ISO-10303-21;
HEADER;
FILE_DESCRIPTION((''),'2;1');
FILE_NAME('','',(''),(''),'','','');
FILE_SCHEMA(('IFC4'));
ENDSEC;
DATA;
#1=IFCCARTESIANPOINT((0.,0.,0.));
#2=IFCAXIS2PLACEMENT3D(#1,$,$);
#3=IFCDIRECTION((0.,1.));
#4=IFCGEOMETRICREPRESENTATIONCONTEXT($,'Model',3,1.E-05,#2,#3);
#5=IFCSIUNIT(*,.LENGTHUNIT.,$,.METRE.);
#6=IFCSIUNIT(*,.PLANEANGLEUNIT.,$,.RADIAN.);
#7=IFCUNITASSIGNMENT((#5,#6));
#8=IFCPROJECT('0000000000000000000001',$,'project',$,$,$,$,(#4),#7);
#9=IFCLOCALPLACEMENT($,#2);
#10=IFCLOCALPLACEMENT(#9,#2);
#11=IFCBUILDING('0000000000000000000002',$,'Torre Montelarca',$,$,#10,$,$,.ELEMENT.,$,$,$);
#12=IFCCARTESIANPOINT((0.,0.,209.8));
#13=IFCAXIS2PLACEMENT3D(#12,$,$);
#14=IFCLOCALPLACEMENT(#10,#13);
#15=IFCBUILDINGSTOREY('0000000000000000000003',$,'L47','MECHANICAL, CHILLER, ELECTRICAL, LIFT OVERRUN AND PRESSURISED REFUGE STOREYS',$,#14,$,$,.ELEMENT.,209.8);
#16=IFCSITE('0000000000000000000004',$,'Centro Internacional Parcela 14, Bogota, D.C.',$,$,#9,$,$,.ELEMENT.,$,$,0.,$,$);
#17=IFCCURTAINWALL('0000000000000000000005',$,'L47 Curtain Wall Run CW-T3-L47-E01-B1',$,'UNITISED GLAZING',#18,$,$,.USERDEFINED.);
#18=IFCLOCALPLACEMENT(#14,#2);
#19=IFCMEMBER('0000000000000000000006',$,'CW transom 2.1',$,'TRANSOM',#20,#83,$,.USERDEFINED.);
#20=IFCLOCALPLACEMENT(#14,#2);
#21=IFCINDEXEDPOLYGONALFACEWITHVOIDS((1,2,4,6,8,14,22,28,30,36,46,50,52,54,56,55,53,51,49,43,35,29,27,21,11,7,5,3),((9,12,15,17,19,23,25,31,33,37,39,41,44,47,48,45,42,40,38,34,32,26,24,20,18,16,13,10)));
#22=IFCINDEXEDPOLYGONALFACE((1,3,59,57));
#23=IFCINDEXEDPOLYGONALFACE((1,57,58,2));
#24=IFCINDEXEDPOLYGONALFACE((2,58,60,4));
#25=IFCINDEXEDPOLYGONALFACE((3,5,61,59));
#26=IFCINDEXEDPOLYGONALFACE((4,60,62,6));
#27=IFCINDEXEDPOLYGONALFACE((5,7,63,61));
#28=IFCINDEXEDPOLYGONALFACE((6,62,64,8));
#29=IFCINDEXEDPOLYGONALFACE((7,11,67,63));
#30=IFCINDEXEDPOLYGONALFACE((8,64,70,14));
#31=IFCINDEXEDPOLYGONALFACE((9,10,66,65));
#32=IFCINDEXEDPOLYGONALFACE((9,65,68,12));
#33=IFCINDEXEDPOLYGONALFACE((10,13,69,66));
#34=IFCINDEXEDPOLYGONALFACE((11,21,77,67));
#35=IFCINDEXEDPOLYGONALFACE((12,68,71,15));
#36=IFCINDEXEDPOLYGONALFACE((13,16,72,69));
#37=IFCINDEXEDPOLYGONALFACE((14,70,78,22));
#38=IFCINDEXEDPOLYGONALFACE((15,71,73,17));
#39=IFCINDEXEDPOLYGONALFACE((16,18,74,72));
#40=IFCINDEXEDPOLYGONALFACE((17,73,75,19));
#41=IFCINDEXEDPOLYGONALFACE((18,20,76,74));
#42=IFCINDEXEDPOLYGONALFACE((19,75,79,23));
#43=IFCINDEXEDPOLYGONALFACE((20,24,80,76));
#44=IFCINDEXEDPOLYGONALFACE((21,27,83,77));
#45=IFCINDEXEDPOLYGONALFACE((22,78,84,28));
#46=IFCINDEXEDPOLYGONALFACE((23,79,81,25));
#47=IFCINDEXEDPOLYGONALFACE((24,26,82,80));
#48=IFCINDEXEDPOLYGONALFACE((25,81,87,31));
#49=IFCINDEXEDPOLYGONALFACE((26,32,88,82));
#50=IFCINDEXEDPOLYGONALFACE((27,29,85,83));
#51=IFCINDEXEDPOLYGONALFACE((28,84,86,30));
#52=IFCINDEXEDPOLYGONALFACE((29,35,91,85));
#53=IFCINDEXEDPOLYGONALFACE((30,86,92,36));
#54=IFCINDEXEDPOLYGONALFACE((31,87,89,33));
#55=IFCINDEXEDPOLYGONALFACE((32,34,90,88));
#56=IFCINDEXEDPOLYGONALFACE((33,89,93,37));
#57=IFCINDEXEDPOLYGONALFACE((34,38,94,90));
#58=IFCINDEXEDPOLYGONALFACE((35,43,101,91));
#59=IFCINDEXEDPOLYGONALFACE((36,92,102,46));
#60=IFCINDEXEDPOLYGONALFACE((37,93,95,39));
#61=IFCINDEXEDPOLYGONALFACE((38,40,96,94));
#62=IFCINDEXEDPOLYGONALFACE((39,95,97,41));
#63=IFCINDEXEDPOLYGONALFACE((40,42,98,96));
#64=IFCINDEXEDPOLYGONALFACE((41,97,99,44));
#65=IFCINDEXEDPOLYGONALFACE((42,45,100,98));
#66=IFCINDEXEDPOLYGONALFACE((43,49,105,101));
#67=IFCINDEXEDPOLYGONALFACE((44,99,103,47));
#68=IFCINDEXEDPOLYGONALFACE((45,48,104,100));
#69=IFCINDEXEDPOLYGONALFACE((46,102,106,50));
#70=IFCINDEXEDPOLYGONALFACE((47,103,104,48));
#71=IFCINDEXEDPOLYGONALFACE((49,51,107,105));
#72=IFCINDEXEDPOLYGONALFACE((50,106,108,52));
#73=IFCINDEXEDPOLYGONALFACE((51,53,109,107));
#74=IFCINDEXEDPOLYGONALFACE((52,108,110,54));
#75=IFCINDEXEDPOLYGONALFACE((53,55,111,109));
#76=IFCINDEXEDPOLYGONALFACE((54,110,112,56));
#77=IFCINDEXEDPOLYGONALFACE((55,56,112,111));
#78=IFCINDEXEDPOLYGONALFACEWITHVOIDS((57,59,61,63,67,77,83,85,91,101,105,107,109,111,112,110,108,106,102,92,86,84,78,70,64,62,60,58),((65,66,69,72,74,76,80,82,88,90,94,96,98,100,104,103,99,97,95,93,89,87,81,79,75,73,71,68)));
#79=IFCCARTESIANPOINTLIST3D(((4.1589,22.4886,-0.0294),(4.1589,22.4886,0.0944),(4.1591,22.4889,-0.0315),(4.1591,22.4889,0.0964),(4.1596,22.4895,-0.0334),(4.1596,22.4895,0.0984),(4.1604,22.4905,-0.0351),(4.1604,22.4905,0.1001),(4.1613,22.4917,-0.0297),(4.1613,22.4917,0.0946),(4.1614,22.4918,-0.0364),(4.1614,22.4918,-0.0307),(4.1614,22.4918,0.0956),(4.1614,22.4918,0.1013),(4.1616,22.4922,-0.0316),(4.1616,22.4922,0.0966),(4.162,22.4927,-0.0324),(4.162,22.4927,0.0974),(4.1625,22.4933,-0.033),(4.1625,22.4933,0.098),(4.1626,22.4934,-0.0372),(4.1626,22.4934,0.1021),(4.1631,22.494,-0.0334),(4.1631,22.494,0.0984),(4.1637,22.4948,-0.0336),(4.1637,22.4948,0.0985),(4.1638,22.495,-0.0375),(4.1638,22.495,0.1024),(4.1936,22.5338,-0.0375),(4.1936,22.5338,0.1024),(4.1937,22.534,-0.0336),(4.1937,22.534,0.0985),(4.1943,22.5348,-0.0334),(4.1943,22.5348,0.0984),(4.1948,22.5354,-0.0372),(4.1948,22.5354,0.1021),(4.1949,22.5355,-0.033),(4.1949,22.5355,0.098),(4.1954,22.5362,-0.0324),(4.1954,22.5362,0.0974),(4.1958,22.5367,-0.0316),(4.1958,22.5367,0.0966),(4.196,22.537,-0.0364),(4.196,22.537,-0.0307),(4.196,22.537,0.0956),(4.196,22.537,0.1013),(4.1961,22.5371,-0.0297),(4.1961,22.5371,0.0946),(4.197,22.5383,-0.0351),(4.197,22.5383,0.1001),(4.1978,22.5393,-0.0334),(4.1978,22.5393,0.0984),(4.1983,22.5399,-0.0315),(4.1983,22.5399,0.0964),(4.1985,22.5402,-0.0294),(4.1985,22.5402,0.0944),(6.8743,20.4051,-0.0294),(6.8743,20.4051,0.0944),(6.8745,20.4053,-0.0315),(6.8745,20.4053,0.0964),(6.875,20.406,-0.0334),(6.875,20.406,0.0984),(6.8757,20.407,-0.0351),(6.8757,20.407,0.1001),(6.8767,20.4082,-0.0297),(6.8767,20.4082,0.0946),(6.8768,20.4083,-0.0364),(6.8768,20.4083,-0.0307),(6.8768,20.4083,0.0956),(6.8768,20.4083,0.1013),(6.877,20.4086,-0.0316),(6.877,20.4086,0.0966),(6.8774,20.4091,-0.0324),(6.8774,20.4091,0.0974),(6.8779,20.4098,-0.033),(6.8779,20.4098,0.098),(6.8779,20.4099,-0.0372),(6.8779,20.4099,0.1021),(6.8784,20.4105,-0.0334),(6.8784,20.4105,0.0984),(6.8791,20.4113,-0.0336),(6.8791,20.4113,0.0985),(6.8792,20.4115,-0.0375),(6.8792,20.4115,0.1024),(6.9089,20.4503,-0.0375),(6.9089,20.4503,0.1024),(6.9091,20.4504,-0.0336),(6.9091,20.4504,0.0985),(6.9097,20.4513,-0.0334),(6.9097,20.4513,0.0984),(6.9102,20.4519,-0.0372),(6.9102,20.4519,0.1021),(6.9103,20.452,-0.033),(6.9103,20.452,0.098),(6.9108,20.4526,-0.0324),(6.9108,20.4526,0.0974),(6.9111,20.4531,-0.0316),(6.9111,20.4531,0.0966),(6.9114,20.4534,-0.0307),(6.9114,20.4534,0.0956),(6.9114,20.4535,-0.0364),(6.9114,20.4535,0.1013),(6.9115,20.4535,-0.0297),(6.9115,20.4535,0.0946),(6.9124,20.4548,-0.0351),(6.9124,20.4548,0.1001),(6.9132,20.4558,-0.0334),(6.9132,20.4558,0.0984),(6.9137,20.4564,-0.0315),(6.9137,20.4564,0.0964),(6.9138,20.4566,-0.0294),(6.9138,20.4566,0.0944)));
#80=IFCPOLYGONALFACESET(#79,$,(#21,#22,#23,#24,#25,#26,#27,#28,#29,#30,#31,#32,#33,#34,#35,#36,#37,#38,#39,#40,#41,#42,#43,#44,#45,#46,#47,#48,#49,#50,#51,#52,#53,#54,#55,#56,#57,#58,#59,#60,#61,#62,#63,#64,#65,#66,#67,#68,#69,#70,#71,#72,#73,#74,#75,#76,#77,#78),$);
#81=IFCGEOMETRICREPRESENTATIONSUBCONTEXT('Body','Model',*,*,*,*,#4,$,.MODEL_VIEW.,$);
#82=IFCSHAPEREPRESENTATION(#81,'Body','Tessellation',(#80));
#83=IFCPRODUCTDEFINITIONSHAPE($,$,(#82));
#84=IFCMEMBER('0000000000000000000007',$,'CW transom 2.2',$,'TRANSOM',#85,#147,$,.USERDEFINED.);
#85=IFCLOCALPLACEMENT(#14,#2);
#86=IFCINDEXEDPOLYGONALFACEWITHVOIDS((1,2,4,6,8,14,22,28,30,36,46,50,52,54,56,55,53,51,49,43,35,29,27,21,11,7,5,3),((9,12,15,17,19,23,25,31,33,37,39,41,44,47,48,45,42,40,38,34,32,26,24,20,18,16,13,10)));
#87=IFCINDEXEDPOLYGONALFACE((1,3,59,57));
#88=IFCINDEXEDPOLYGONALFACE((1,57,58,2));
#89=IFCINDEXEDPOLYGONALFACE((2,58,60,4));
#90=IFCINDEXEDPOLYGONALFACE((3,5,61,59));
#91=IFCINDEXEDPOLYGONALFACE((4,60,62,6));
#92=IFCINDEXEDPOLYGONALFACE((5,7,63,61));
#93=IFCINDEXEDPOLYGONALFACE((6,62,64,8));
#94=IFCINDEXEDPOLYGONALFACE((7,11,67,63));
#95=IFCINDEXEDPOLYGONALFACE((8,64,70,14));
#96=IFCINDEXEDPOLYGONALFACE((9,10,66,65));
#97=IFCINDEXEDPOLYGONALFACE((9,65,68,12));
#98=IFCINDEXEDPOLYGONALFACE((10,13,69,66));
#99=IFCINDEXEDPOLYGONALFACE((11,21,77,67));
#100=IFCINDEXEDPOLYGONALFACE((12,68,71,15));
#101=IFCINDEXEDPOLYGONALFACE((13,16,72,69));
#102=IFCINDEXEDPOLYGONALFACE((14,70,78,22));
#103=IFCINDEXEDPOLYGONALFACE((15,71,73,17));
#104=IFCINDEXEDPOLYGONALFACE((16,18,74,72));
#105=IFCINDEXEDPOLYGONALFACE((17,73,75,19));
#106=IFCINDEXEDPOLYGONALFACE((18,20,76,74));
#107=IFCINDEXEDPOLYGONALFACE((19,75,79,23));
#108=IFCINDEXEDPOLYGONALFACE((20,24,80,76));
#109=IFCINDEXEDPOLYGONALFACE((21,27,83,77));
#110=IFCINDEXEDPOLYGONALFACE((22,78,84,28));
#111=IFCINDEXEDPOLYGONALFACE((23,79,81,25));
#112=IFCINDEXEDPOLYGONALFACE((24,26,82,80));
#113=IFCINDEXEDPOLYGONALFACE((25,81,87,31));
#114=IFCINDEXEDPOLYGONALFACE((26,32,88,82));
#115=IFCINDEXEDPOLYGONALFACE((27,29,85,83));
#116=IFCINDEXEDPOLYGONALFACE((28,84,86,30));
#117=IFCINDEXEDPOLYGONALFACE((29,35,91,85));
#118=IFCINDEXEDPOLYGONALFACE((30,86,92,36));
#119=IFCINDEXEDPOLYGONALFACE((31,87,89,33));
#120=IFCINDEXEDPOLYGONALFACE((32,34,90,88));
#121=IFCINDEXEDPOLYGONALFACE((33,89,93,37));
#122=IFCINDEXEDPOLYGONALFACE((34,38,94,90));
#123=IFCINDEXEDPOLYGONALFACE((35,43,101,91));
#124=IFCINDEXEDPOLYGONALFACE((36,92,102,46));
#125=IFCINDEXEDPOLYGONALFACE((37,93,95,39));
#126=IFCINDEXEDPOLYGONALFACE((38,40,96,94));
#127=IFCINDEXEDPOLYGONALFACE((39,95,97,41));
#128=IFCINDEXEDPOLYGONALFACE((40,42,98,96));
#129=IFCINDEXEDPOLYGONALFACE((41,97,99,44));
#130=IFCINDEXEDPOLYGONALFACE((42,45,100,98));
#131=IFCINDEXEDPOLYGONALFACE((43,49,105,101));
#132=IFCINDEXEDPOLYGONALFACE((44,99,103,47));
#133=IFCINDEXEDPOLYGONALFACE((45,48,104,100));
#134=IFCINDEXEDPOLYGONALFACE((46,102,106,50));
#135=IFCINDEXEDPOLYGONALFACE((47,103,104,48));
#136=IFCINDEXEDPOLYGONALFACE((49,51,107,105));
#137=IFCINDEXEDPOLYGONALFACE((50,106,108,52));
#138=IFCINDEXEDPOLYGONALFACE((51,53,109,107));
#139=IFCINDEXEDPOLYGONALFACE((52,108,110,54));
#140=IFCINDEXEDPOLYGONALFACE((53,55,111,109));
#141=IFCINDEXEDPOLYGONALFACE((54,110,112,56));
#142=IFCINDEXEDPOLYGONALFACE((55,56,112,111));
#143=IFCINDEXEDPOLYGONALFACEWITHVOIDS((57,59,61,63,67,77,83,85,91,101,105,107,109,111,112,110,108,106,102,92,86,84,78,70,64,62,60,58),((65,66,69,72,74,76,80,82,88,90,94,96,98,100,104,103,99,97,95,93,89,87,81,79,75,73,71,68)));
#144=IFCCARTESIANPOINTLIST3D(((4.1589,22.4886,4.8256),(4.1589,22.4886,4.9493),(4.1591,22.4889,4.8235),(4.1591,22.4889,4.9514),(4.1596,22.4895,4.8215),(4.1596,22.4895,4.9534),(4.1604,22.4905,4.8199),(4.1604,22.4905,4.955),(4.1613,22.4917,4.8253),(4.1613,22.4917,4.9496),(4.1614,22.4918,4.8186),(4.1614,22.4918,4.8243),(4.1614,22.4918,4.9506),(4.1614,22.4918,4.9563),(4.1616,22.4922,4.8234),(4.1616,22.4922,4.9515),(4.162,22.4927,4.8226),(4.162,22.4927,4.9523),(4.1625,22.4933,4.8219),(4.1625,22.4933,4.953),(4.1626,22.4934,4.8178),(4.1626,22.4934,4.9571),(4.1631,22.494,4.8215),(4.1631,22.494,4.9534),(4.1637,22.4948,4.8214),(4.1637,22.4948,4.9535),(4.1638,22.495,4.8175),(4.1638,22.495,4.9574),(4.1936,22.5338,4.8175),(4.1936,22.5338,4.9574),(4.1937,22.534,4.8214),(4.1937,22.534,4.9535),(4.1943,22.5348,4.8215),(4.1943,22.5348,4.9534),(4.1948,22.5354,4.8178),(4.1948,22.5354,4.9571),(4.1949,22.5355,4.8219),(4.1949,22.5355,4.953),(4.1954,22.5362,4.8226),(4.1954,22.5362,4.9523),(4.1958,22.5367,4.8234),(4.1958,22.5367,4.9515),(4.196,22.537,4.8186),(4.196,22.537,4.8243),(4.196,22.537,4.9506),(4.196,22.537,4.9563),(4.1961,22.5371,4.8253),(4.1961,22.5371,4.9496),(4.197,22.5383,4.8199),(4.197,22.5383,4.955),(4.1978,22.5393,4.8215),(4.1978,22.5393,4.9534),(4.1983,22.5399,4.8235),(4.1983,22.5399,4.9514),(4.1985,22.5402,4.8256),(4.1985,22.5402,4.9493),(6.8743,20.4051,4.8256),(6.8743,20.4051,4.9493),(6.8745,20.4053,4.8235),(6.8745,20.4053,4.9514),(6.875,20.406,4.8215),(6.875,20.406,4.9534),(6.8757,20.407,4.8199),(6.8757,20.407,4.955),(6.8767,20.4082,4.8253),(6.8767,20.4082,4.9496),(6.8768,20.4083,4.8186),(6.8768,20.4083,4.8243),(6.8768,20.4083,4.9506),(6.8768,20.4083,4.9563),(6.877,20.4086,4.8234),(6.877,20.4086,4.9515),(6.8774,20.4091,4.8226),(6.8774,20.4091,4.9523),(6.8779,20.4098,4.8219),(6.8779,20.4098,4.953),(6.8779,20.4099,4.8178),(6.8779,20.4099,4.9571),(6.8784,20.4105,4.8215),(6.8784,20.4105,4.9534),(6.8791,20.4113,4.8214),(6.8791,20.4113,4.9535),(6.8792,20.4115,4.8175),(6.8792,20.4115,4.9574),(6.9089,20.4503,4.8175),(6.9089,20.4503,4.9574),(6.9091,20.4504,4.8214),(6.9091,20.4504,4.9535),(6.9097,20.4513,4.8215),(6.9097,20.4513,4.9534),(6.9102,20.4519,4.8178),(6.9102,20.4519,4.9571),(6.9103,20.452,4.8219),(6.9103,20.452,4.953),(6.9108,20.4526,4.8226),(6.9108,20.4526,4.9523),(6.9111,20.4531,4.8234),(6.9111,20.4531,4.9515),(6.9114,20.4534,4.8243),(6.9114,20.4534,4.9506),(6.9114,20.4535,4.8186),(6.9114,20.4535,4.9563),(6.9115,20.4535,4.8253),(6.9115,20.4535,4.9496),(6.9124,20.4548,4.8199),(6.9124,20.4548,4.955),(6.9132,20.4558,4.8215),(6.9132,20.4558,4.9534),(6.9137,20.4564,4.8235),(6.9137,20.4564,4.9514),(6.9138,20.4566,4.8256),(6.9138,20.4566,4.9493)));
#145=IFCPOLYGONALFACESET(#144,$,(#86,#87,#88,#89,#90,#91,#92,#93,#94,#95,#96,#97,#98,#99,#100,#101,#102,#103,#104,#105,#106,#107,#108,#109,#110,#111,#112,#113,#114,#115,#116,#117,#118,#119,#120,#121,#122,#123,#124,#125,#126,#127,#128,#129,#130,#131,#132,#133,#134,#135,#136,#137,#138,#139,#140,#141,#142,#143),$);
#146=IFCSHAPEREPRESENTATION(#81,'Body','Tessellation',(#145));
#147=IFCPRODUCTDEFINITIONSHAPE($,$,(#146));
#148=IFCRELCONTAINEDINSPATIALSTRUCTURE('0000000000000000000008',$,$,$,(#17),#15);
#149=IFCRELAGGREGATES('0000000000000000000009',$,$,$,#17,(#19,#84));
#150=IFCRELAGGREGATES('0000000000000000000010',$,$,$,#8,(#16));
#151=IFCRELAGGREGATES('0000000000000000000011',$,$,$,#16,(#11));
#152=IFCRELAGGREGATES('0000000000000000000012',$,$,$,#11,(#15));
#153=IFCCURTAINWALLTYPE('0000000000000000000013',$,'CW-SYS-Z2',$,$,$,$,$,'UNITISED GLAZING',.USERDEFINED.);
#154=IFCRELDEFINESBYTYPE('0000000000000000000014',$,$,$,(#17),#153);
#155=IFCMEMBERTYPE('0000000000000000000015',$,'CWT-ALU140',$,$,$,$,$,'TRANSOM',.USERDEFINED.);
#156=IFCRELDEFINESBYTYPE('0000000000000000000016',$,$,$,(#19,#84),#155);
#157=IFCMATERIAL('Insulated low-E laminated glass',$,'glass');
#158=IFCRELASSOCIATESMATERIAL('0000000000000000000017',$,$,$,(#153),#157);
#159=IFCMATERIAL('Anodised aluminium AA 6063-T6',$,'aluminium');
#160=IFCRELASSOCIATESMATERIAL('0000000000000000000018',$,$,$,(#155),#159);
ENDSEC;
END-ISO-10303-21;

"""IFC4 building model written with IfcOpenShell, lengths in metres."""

from ifc_helpers import new_model, si_unit, direction, frame, origin, origin_2d, place, context, subcontext, project, spatial, hollow_rectangle, extrude, source, transform, mapped, material, material_profile, profile_set, type_object, element, aggregate, save


model = new_model("IFC4")

# Units and contexts
model_context = context("Model", 3, precision=1e-05, world=origin(), true_north=direction((0.0, 1.0)))
body_context = subcontext(model_context, "Body", "Model", "MODEL_VIEW")
ifc_project = project(units=[si_unit("LENGTHUNIT", "METRE"), si_unit("PLANEANGLEUNIT", "RADIAN")], contexts=[model_context])

# Site, building, storey
site_placement = place(None, origin())
site = spatial("IfcSite", under=ifc_project, at=site_placement, Name="Centro Internacional Parcela 14, Bogota, D.C.", CompositionType="ELEMENT", RefElevation=0.0)
building_placement = place(site_placement, origin())
building = spatial("IfcBuilding", under=site, at=building_placement, Name="Torre Montelarca", CompositionType="ELEMENT")
storey_placement = place(building_placement, frame((0.0, 0.0, 209.8)))
storey = spatial("IfcBuildingStorey", under=building, at=storey_placement, Name="L47", Description="MECHANICAL, CHILLER, ELECTRICAL, LIFT OVERRUN AND PRESSURISED REFUGE STOREYS", CompositionType="ELEMENT", Elevation=209.8)

# Curtain wall
ifc_material_1 = material(Name="Insulated low-E laminated glass", Category="glass")
curtain_wall_type = type_object("IfcCurtainWallType", Name="CW-SYS-Z2", ElementType="UNITISED GLAZING", PredefinedType="USERDEFINED", material=ifc_material_1)
curtain_wall_1_placement = place(storey_placement, origin())
curtain_wall_1 = element("IfcCurtainWall", 1, at=curtain_wall_1_placement, inside=storey, type_object=curtain_wall_type, Name="L47 Curtain Wall Run CW-T3-L47-E01-B1", ObjectType="UNITISED GLAZING", PredefinedType="USERDEFINED")
ifc_material_2 = material(Name="Anodised aluminium AA 6063-T6", Category="aluminium")

# Members
ifc_material_profile_1 = material_profile(ifc_material_2, hollow_rectangle(XDim=0.0649, YDim=0.1399, WallThickness=0.0039, InnerFilletRadius=0.0039, OuterFilletRadius=0.0081, at=origin_2d()), Name="ALU65X140X4", Category="aluminium")
ifc_profile_set_1 = profile_set([ifc_material_profile_1], Name="Anodised aluminium AA 6063-T6")
member_type_1 = type_object("IfcMemberType", Name="CWT-ALU140", ElementType="TRANSOM", PredefinedType="USERDEFINED", material=ifc_profile_set_1)
shared_shape_1 = source(origin(), body_context, "Body", "SweptSolid", [
    extrude(hollow_rectangle(XDim=0.0649, YDim=0.1399, WallThickness=0.0039, InnerFilletRadius=0.0039, OuterFilletRadius=0.0081, at=origin_2d()), origin(), (0.0, 0.0, 1.0), 3.4226),
])
member_1_placement = place(storey_placement, frame((4.1787, 22.5144, 0.0325), z_axis=(0.793361, -0.608752, 0.0), x_axis=(0.608752, 0.793361, 0.0)))
member_1 = element("IfcMember", 2, at=member_1_placement, type_object=member_type_1, Name="CW transom 2.1", ObjectType="TRANSOM", PredefinedType="USERDEFINED", context=body_context, shape_type="MappedRepresentation", body=[
    mapped(shared_shape_1, transform((0.0, 0.0, 0.0), scale=1.0)),
])
member_2_placement = place(storey_placement, frame((4.1787, 22.5144, 4.8875), z_axis=(0.793361, -0.608752, 0.0), x_axis=(0.608752, 0.793361, 0.0)))
member_2 = element("IfcMember", 3, at=member_2_placement, type_object=member_type_1, Name="CW transom 2.2", ObjectType="TRANSOM", PredefinedType="USERDEFINED", context=body_context, shape_type="MappedRepresentation", body=[
    mapped(shared_shape_1, transform((0.0, 0.0, 0.0), scale=1.0)),
])

aggregate(curtain_wall_1, [member_1, member_2])

save(model, "model.ifc")
